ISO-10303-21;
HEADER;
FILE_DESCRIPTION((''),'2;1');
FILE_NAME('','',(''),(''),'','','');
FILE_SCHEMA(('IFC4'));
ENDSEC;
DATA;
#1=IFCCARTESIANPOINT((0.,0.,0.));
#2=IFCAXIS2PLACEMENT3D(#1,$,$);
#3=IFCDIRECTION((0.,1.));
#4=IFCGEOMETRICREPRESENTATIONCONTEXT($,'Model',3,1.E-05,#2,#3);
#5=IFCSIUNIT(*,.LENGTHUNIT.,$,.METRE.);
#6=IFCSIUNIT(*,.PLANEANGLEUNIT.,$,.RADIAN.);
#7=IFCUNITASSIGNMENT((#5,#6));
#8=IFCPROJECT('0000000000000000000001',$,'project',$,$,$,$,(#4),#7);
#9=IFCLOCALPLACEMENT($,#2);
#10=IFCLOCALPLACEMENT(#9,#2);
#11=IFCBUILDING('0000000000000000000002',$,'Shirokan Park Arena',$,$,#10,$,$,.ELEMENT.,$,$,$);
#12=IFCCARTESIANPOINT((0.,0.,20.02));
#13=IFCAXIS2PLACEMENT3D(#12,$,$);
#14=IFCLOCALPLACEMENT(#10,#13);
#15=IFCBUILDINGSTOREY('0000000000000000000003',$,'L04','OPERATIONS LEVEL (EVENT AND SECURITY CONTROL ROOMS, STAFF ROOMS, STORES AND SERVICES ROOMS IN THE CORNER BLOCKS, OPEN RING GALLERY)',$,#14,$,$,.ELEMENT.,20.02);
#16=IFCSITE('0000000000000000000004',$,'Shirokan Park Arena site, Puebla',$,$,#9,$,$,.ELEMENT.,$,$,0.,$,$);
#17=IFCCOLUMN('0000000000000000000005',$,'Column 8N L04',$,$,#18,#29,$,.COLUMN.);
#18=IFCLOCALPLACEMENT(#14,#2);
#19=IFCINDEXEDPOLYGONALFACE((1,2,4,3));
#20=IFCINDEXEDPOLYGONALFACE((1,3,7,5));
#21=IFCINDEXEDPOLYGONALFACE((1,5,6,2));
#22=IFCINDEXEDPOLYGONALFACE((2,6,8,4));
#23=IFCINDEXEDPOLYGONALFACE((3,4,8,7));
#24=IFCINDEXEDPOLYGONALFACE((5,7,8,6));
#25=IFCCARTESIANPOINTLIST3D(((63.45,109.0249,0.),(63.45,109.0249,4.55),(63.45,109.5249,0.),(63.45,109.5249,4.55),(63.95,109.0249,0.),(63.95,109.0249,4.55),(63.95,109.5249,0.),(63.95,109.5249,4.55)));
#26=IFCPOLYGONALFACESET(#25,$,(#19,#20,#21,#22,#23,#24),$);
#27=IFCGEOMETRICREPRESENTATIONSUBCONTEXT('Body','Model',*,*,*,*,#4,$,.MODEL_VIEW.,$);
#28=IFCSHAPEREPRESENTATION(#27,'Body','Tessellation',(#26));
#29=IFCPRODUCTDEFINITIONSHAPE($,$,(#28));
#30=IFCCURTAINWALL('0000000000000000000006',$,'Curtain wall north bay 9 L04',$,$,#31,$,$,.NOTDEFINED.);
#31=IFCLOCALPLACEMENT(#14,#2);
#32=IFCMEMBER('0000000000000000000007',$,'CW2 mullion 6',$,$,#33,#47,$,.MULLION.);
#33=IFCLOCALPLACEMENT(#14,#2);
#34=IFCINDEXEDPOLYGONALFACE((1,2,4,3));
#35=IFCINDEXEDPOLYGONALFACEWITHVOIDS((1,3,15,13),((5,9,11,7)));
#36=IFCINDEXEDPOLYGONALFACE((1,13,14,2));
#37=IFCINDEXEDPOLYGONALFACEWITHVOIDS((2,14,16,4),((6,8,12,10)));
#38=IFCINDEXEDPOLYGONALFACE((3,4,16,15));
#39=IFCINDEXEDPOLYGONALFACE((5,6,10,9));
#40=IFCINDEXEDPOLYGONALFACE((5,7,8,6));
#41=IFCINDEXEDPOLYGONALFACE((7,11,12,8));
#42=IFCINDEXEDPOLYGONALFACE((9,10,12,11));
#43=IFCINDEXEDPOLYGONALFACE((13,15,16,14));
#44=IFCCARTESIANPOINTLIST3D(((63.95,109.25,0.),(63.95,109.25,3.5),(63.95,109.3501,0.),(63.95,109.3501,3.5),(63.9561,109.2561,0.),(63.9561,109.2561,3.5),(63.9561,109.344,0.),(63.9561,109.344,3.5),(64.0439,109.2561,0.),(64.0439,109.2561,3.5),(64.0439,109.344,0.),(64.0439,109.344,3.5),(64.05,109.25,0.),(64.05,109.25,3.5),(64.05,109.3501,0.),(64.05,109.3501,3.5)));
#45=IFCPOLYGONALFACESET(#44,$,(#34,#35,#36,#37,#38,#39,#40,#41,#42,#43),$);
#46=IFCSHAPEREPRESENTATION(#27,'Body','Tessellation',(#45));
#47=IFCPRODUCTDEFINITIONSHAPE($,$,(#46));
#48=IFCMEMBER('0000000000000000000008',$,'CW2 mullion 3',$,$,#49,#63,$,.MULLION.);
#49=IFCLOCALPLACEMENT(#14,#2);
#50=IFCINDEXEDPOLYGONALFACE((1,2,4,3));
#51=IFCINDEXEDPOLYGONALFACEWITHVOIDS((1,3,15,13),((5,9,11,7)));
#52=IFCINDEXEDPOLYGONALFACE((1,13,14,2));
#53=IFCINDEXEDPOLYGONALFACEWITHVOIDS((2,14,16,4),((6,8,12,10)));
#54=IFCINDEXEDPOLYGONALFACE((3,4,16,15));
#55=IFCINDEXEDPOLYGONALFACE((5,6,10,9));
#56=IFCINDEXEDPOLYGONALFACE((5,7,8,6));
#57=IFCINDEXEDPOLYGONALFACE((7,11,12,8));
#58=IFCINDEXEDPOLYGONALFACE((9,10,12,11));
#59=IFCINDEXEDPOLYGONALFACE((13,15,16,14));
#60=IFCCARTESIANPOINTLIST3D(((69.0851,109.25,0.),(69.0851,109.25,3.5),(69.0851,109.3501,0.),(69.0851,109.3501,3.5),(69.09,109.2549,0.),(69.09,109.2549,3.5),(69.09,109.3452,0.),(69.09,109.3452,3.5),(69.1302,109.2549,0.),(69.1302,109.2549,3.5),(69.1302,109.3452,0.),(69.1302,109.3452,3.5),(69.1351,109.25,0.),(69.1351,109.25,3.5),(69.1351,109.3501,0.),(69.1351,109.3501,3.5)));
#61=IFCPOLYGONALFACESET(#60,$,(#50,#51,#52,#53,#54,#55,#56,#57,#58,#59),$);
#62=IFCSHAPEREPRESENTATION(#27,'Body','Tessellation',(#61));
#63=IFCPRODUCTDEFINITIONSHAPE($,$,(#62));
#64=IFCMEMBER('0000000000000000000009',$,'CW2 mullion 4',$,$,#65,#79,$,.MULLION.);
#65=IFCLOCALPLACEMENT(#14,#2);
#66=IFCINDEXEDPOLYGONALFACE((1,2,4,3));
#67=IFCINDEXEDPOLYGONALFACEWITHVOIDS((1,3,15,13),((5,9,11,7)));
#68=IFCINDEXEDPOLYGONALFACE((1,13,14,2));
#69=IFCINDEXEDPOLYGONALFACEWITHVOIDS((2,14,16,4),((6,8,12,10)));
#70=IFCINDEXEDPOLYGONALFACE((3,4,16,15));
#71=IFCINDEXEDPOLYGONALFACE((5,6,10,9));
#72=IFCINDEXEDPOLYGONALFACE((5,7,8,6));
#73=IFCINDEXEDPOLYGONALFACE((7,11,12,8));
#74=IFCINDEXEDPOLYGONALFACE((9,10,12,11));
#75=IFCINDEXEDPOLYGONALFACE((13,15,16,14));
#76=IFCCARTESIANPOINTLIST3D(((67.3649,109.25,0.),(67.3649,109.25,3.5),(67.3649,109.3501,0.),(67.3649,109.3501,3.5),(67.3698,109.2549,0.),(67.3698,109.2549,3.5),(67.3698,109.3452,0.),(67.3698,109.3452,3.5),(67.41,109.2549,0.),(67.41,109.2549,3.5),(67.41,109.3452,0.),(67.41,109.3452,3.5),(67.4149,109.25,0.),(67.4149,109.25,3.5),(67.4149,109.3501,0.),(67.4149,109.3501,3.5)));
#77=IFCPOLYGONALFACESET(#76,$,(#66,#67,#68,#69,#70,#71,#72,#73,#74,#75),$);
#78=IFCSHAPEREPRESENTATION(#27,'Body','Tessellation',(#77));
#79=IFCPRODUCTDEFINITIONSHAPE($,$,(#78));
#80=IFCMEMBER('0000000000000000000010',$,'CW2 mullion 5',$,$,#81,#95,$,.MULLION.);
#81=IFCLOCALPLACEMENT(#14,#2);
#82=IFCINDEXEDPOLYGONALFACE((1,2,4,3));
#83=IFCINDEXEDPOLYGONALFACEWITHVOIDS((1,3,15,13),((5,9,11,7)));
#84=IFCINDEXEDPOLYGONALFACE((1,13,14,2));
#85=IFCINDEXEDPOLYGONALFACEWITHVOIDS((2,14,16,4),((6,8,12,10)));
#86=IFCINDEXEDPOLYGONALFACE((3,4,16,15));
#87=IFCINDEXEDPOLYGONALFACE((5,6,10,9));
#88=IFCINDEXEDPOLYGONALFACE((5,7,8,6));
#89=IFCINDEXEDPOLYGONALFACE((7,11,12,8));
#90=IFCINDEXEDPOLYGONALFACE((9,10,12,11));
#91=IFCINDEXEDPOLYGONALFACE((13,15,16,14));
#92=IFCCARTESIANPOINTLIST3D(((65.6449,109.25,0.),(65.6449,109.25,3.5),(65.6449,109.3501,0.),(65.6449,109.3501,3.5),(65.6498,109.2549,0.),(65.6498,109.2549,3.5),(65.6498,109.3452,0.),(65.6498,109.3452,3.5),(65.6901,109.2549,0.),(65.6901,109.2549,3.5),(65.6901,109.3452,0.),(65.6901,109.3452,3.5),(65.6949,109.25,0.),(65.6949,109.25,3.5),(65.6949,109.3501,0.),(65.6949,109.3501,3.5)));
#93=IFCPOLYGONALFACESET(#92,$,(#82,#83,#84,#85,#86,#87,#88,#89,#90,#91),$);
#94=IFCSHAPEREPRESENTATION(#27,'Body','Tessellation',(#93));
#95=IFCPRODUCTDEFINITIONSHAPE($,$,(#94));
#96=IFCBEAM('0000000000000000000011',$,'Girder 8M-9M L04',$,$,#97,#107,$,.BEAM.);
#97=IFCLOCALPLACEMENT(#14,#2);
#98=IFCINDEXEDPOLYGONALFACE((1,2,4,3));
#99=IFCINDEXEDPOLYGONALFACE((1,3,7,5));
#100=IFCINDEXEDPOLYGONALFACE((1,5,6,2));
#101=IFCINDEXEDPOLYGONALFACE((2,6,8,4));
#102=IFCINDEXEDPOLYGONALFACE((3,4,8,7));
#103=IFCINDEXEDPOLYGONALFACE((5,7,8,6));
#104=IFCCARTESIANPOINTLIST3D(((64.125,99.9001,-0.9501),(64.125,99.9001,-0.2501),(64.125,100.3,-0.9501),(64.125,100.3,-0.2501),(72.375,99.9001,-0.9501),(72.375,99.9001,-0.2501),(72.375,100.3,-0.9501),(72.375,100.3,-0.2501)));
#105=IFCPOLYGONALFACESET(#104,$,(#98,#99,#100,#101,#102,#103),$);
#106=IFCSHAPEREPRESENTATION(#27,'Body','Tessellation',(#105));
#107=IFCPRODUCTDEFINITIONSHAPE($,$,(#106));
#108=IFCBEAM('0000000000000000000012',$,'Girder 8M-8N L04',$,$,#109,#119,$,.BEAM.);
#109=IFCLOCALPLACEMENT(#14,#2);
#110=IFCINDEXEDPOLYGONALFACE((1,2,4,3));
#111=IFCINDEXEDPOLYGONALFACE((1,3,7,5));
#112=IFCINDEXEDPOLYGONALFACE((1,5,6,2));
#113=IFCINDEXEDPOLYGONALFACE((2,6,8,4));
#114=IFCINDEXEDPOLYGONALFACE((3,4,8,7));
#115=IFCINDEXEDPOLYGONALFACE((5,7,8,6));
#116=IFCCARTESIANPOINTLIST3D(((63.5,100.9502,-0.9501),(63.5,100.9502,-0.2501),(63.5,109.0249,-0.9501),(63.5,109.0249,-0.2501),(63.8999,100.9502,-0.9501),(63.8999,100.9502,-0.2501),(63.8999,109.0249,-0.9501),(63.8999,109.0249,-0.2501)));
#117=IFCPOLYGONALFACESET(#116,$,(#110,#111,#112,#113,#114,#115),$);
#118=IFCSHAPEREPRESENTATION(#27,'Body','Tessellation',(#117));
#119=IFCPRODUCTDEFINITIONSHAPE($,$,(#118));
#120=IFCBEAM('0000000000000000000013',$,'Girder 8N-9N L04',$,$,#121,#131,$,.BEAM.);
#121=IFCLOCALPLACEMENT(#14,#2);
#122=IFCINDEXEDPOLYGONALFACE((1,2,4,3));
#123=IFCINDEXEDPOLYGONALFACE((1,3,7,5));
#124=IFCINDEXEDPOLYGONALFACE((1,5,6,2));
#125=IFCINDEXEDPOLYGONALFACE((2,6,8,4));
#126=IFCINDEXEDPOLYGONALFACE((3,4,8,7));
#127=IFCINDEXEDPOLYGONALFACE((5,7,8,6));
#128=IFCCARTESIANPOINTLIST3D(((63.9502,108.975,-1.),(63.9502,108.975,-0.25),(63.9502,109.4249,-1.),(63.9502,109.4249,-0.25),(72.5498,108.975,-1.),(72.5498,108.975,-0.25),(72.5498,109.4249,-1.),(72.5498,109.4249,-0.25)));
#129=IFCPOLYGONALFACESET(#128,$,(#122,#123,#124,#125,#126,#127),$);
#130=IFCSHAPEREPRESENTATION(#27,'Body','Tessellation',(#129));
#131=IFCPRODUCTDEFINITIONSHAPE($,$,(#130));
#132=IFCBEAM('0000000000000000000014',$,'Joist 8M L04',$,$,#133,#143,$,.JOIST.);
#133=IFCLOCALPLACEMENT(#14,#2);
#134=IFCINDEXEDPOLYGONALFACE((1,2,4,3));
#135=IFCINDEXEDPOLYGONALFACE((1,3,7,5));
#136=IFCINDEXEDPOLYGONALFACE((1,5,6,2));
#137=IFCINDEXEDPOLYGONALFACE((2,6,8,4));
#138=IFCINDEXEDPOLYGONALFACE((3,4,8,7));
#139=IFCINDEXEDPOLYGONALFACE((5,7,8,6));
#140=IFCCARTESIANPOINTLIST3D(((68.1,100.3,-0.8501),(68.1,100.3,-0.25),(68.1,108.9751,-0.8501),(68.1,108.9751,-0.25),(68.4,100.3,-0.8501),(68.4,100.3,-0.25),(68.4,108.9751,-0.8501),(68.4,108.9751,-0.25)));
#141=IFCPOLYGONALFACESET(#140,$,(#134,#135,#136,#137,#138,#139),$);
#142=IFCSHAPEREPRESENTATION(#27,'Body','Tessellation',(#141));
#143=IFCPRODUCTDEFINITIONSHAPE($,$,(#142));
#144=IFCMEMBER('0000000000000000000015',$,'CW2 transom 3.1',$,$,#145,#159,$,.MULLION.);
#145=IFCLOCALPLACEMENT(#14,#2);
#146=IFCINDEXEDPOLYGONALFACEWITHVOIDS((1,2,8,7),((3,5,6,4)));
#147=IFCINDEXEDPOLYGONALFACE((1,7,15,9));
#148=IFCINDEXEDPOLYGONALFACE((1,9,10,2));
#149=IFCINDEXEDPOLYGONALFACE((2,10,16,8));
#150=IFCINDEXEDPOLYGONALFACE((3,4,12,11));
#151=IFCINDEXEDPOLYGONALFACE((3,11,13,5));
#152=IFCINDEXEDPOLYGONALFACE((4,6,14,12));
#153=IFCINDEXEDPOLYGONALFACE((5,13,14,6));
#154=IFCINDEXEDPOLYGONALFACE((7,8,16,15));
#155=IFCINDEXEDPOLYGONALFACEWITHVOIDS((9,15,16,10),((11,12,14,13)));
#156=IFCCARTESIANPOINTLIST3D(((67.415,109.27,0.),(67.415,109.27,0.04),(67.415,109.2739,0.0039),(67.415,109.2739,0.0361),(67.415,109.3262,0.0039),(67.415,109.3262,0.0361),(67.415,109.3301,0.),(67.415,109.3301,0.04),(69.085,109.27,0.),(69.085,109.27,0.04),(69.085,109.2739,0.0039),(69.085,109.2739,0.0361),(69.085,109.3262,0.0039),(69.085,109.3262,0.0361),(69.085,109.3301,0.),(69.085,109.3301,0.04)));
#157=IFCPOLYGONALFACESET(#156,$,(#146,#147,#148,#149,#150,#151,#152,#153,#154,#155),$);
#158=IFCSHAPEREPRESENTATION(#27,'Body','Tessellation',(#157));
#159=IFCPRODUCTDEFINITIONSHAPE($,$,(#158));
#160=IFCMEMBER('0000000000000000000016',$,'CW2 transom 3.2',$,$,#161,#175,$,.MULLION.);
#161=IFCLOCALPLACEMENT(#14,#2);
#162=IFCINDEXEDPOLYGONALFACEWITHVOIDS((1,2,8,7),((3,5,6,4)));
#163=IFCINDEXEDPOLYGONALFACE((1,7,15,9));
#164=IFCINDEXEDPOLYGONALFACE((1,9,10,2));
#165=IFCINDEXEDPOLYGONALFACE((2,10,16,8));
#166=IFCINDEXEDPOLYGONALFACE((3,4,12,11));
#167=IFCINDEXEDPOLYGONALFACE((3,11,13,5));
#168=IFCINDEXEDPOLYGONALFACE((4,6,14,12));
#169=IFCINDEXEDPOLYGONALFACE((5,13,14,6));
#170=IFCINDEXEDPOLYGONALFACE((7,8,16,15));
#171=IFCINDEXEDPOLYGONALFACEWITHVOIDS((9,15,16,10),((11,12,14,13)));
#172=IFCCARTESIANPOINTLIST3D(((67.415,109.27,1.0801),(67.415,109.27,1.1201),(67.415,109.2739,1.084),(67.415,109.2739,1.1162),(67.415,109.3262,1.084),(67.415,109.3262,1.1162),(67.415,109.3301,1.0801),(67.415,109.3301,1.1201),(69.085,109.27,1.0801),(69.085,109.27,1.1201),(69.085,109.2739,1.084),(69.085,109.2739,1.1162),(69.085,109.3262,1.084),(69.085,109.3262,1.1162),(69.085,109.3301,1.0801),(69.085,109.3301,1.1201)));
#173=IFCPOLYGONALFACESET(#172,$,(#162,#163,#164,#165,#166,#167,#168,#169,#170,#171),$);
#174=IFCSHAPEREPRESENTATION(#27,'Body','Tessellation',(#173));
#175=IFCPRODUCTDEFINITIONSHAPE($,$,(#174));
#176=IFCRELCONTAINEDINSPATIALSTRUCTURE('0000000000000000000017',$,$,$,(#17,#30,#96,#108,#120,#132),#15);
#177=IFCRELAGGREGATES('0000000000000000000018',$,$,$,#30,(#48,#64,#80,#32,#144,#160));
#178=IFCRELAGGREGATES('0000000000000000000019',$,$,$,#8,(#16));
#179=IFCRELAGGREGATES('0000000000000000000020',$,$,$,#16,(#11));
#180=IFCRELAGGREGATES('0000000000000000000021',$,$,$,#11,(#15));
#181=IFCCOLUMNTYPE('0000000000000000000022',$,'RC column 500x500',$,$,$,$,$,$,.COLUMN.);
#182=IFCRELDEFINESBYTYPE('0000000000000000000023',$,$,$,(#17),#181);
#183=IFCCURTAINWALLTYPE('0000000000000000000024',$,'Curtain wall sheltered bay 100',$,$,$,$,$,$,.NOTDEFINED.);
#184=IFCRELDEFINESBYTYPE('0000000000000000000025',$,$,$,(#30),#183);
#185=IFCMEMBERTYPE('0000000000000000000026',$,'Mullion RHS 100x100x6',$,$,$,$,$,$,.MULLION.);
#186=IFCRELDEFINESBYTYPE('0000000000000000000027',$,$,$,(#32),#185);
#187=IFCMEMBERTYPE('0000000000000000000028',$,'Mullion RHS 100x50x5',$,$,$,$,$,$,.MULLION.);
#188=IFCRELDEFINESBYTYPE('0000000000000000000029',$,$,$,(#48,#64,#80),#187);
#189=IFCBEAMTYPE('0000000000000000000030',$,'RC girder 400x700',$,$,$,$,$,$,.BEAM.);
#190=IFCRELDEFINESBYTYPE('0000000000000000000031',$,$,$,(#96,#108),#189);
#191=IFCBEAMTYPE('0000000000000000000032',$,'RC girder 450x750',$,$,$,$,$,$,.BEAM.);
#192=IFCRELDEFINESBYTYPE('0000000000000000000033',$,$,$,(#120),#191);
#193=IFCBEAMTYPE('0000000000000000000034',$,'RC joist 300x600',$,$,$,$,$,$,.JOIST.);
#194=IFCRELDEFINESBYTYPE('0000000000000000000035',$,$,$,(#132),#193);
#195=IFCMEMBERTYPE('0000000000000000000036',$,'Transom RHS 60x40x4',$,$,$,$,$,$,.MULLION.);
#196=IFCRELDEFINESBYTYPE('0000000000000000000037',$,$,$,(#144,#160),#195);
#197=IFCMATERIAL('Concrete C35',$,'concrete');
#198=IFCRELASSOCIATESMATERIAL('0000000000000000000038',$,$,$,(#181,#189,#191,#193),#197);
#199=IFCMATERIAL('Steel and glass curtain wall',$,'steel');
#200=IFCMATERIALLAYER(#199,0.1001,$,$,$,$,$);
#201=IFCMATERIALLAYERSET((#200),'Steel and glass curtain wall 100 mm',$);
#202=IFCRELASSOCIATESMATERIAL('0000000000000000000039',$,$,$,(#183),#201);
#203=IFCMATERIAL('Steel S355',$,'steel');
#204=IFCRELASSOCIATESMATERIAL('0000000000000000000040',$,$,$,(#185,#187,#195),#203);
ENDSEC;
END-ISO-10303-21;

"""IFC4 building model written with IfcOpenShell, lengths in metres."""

from ifc_helpers import new_model, si_unit, direction, frame, origin, origin_2d, place, context, subcontext, project, spatial, rectangle, hollow_rectangle, extrude, material, layer, layer_set, material_profile, profile_set, type_object, element, aggregate, save


model = new_model("IFC4")

# Units and contexts
model_context = context("Model", 3, precision=1e-05, world=origin(), true_north=direction((0.0, 1.0)))
body_context = subcontext(model_context, "Body", "Model", "MODEL_VIEW")
ifc_project = project(units=[si_unit("LENGTHUNIT", "METRE"), si_unit("PLANEANGLEUNIT", "RADIAN")], contexts=[model_context])

# Site, building, storey
site_placement = place(None, origin())
site = spatial("IfcSite", under=ifc_project, at=site_placement, Name="Shirokan Park Arena site, Puebla", CompositionType="ELEMENT", RefElevation=0.0)
building_placement = place(site_placement, origin())
building = spatial("IfcBuilding", under=site, at=building_placement, Name="Shirokan Park Arena", CompositionType="ELEMENT")
storey_placement = place(building_placement, frame((0.0, 0.0, 20.02)))
storey = spatial("IfcBuildingStorey", under=building, at=storey_placement, Name="L04", Description="OPERATIONS LEVEL (EVENT AND SECURITY CONTROL ROOMS, STAFF ROOMS, STORES AND SERVICES ROOMS IN THE CORNER BLOCKS, OPEN RING GALLERY)", CompositionType="ELEMENT", Elevation=20.02)

# Column
ifc_material_1 = material(Name="Concrete C35", Category="concrete")
ifc_material_profile_1 = material_profile(ifc_material_1, rectangle(XDim=0.5, YDim=0.5, at=origin_2d()), Name="500x500")
ifc_profile_set_1 = profile_set([ifc_material_profile_1], Name="Concrete C35")
column_type = type_object("IfcColumnType", Name="RC column 500x500", PredefinedType="COLUMN", material=ifc_profile_set_1)
column_placement = place(storey_placement, frame((63.7, 109.2749, 0.0), z_axis=(0.0, 0.0, 1.0), x_axis=(1.0, 0.0, 0.0)))
element("IfcColumn", 1, at=column_placement, inside=storey, type_object=column_type, Name="Column 8N L04", PredefinedType="COLUMN", context=body_context, shape_type="SweptSolid", body=[
    extrude(rectangle(XDim=0.5, YDim=0.5, at=origin_2d()), origin(), (0.0, 0.0, 1.0), 4.55),
])

# Curtain wall, members
ifc_material_2 = material(Name="Steel and glass curtain wall", Category="steel")
ifc_layer_1 = layer(ifc_material_2, 0.1001)
ifc_layer_set_1 = layer_set([ifc_layer_1], Name="Steel and glass curtain wall 100 mm")
curtain_wall_type = type_object("IfcCurtainWallType", Name="Curtain wall sheltered bay 100", PredefinedType="NOTDEFINED", material=ifc_layer_set_1)
curtain_wall_placement = place(storey_placement, origin())
curtain_wall = element("IfcCurtainWall", 2, at=curtain_wall_placement, inside=storey, type_object=curtain_wall_type, Name="Curtain wall north bay 9 L04", PredefinedType="NOTDEFINED")
ifc_material_3 = material(Name="Steel S355", Category="steel")
ifc_material_profile_2 = material_profile(ifc_material_3, hollow_rectangle(XDim=0.1001, YDim=0.1001, WallThickness=0.0061, at=origin_2d()), Name="RHS 100x100x6")
ifc_profile_set_2 = profile_set([ifc_material_profile_2], Name="Steel S355")
member_type_1 = type_object("IfcMemberType", Name="Mullion RHS 100x100x6", PredefinedType="MULLION", material=ifc_profile_set_2)
member_1_placement = place(storey_placement, frame((64.0, 109.3, 0.0), z_axis=(0.0, 0.0, 1.0), x_axis=(0.0, -1.0, 0.0)))
member_1 = element("IfcMember", 3, at=member_1_placement, type_object=member_type_1, Name="CW2 mullion 6", PredefinedType="MULLION", context=body_context, shape_type="SweptSolid", body=[
    extrude(hollow_rectangle(XDim=0.1001, YDim=0.1001, WallThickness=0.0061, at=origin_2d()), origin(), (0.0, 0.0, 1.0), 3.5),
])
ifc_material_profile_3 = material_profile(ifc_material_3, hollow_rectangle(XDim=0.1001, YDim=0.05, WallThickness=0.0049, at=origin_2d()), Name="RHS 100x50x5")
ifc_profile_set_3 = profile_set([ifc_material_profile_3], Name="Steel S355")
member_type_2 = type_object("IfcMemberType", Name="Mullion RHS 100x50x5", PredefinedType="MULLION", material=ifc_profile_set_3)
member_2_placement = place(storey_placement, frame((69.1101, 109.3, 0.0), z_axis=(0.0, 0.0, 1.0), x_axis=(0.0, -1.0, 0.0)))
member_2 = element("IfcMember", 4, at=member_2_placement, type_object=member_type_2, Name="CW2 mullion 3", PredefinedType="MULLION", context=body_context, shape_type="SweptSolid", body=[
    extrude(hollow_rectangle(XDim=0.1001, YDim=0.05, WallThickness=0.0049, at=origin_2d()), origin(), (0.0, 0.0, 1.0), 3.5),
])
member_3_placement = place(storey_placement, frame((67.3899, 109.3, 0.0), z_axis=(0.0, 0.0, 1.0), x_axis=(0.0, -1.0, 0.0)))
member_3 = element("IfcMember", 5, at=member_3_placement, type_object=member_type_2, Name="CW2 mullion 4", PredefinedType="MULLION", context=body_context, shape_type="SweptSolid", body=[
    extrude(hollow_rectangle(XDim=0.1001, YDim=0.05, WallThickness=0.0049, at=origin_2d()), origin(), (0.0, 0.0, 1.0), 3.5),
])
member_4_placement = place(storey_placement, frame((65.6699, 109.3, 0.0), z_axis=(0.0, 0.0, 1.0), x_axis=(0.0, -1.0, 0.0)))
member_4 = element("IfcMember", 6, at=member_4_placement, type_object=member_type_2, Name="CW2 mullion 5", PredefinedType="MULLION", context=body_context, shape_type="SweptSolid", body=[
    extrude(hollow_rectangle(XDim=0.1001, YDim=0.05, WallThickness=0.0049, at=origin_2d()), origin(), (0.0, 0.0, 1.0), 3.5),
])

# Beams
ifc_material_profile_4 = material_profile(ifc_material_1, rectangle(XDim=0.3999, YDim=0.7, at=origin_2d()), Name="400x700")
ifc_profile_set_4 = profile_set([ifc_material_profile_4], Name="Concrete C35")
beam_type_1 = type_object("IfcBeamType", Name="RC girder 400x700", PredefinedType="BEAM", material=ifc_profile_set_4)
beam_1_placement = place(storey_placement, frame((64.125, 100.1001, -0.6001), z_axis=(1.0, 0.0, 0.0), x_axis=(0.0, 1.0, 0.0)))
element("IfcBeam", 7, at=beam_1_placement, inside=storey, type_object=beam_type_1, Name="Girder 8M-9M L04", PredefinedType="BEAM", context=body_context, shape_type="SweptSolid", body=[
    extrude(rectangle(XDim=0.3999, YDim=0.7, at=origin_2d()), origin(), (0.0, 0.0, 1.0), 8.25),
])
beam_2_placement = place(storey_placement, frame((63.7, 100.9502, -0.6001), z_axis=(0.0, 1.0, 0.0), x_axis=(-1.0, 0.0, 0.0)))
element("IfcBeam", 8, at=beam_2_placement, inside=storey, type_object=beam_type_1, Name="Girder 8M-8N L04", PredefinedType="BEAM", context=body_context, shape_type="SweptSolid", body=[
    extrude(rectangle(XDim=0.3999, YDim=0.7, at=origin_2d()), origin(), (0.0, 0.0, 1.0), 8.0747),
])
ifc_material_profile_5 = material_profile(ifc_material_1, rectangle(XDim=0.45, YDim=0.75, at=origin_2d()), Name="450x750")
ifc_profile_set_5 = profile_set([ifc_material_profile_5], Name="Concrete C35")
beam_type_2 = type_object("IfcBeamType", Name="RC girder 450x750", PredefinedType="BEAM", material=ifc_profile_set_5)
beam_3_placement = place(storey_placement, frame((63.9502, 109.2, -0.625), z_axis=(1.0, 0.0, 0.0), x_axis=(0.0, 1.0, 0.0)))
element("IfcBeam", 9, at=beam_3_placement, inside=storey, type_object=beam_type_2, Name="Girder 8N-9N L04", PredefinedType="BEAM", context=body_context, shape_type="SweptSolid", body=[
    extrude(rectangle(XDim=0.45, YDim=0.75, at=origin_2d()), origin(), (0.0, 0.0, 1.0), 8.5996),
])
ifc_material_profile_6 = material_profile(ifc_material_1, rectangle(XDim=0.3, YDim=0.6001, at=origin_2d()), Name="300x600")
ifc_profile_set_6 = profile_set([ifc_material_profile_6], Name="Concrete C35")
beam_type_3 = type_object("IfcBeamType", Name="RC joist 300x600", PredefinedType="JOIST", material=ifc_profile_set_6)
beam_4_placement = place(storey_placement, frame((68.25, 100.3, -0.55), z_axis=(0.0, 1.0, 0.0), x_axis=(-1.0, 0.0, 0.0)))
element("IfcBeam", 10, at=beam_4_placement, inside=storey, type_object=beam_type_3, Name="Joist 8M L04", PredefinedType="JOIST", context=body_context, shape_type="SweptSolid", body=[
    extrude(rectangle(XDim=0.3, YDim=0.6001, at=origin_2d()), origin(), (0.0, 0.0, 1.0), 8.675),
])

# Members
ifc_material_profile_7 = material_profile(ifc_material_3, hollow_rectangle(XDim=0.0601, YDim=0.04, WallThickness=0.0039, at=origin_2d()), Name="RHS 60x40x4")
ifc_profile_set_7 = profile_set([ifc_material_profile_7], Name="Steel S355")
member_type_3 = type_object("IfcMemberType", Name="Transom RHS 60x40x4", PredefinedType="MULLION", material=ifc_profile_set_7)
member_5_placement = place(storey_placement, frame((69.085, 109.3, 0.02), z_axis=(-1.0, 0.0, 0.0), x_axis=(0.0, -1.0, 0.0)))
member_5 = element("IfcMember", 11, at=member_5_placement, type_object=member_type_3, Name="CW2 transom 3.1", PredefinedType="MULLION", context=body_context, shape_type="SweptSolid", body=[
    extrude(hollow_rectangle(XDim=0.0601, YDim=0.04, WallThickness=0.0039, at=origin_2d()), origin(), (0.0, 0.0, 1.0), 1.6699),
])
member_6_placement = place(storey_placement, frame((69.085, 109.3, 1.1001), z_axis=(-1.0, 0.0, 0.0), x_axis=(0.0, -1.0, 0.0)))
member_6 = element("IfcMember", 12, at=member_6_placement, type_object=member_type_3, Name="CW2 transom 3.2", PredefinedType="MULLION", context=body_context, shape_type="SweptSolid", body=[
    extrude(hollow_rectangle(XDim=0.0601, YDim=0.04, WallThickness=0.0039, at=origin_2d()), origin(), (0.0, 0.0, 1.0), 1.6699),
])

aggregate(curtain_wall, [member_2, member_3, member_4, member_1, member_5, member_6])

save(model, "model.ifc")
